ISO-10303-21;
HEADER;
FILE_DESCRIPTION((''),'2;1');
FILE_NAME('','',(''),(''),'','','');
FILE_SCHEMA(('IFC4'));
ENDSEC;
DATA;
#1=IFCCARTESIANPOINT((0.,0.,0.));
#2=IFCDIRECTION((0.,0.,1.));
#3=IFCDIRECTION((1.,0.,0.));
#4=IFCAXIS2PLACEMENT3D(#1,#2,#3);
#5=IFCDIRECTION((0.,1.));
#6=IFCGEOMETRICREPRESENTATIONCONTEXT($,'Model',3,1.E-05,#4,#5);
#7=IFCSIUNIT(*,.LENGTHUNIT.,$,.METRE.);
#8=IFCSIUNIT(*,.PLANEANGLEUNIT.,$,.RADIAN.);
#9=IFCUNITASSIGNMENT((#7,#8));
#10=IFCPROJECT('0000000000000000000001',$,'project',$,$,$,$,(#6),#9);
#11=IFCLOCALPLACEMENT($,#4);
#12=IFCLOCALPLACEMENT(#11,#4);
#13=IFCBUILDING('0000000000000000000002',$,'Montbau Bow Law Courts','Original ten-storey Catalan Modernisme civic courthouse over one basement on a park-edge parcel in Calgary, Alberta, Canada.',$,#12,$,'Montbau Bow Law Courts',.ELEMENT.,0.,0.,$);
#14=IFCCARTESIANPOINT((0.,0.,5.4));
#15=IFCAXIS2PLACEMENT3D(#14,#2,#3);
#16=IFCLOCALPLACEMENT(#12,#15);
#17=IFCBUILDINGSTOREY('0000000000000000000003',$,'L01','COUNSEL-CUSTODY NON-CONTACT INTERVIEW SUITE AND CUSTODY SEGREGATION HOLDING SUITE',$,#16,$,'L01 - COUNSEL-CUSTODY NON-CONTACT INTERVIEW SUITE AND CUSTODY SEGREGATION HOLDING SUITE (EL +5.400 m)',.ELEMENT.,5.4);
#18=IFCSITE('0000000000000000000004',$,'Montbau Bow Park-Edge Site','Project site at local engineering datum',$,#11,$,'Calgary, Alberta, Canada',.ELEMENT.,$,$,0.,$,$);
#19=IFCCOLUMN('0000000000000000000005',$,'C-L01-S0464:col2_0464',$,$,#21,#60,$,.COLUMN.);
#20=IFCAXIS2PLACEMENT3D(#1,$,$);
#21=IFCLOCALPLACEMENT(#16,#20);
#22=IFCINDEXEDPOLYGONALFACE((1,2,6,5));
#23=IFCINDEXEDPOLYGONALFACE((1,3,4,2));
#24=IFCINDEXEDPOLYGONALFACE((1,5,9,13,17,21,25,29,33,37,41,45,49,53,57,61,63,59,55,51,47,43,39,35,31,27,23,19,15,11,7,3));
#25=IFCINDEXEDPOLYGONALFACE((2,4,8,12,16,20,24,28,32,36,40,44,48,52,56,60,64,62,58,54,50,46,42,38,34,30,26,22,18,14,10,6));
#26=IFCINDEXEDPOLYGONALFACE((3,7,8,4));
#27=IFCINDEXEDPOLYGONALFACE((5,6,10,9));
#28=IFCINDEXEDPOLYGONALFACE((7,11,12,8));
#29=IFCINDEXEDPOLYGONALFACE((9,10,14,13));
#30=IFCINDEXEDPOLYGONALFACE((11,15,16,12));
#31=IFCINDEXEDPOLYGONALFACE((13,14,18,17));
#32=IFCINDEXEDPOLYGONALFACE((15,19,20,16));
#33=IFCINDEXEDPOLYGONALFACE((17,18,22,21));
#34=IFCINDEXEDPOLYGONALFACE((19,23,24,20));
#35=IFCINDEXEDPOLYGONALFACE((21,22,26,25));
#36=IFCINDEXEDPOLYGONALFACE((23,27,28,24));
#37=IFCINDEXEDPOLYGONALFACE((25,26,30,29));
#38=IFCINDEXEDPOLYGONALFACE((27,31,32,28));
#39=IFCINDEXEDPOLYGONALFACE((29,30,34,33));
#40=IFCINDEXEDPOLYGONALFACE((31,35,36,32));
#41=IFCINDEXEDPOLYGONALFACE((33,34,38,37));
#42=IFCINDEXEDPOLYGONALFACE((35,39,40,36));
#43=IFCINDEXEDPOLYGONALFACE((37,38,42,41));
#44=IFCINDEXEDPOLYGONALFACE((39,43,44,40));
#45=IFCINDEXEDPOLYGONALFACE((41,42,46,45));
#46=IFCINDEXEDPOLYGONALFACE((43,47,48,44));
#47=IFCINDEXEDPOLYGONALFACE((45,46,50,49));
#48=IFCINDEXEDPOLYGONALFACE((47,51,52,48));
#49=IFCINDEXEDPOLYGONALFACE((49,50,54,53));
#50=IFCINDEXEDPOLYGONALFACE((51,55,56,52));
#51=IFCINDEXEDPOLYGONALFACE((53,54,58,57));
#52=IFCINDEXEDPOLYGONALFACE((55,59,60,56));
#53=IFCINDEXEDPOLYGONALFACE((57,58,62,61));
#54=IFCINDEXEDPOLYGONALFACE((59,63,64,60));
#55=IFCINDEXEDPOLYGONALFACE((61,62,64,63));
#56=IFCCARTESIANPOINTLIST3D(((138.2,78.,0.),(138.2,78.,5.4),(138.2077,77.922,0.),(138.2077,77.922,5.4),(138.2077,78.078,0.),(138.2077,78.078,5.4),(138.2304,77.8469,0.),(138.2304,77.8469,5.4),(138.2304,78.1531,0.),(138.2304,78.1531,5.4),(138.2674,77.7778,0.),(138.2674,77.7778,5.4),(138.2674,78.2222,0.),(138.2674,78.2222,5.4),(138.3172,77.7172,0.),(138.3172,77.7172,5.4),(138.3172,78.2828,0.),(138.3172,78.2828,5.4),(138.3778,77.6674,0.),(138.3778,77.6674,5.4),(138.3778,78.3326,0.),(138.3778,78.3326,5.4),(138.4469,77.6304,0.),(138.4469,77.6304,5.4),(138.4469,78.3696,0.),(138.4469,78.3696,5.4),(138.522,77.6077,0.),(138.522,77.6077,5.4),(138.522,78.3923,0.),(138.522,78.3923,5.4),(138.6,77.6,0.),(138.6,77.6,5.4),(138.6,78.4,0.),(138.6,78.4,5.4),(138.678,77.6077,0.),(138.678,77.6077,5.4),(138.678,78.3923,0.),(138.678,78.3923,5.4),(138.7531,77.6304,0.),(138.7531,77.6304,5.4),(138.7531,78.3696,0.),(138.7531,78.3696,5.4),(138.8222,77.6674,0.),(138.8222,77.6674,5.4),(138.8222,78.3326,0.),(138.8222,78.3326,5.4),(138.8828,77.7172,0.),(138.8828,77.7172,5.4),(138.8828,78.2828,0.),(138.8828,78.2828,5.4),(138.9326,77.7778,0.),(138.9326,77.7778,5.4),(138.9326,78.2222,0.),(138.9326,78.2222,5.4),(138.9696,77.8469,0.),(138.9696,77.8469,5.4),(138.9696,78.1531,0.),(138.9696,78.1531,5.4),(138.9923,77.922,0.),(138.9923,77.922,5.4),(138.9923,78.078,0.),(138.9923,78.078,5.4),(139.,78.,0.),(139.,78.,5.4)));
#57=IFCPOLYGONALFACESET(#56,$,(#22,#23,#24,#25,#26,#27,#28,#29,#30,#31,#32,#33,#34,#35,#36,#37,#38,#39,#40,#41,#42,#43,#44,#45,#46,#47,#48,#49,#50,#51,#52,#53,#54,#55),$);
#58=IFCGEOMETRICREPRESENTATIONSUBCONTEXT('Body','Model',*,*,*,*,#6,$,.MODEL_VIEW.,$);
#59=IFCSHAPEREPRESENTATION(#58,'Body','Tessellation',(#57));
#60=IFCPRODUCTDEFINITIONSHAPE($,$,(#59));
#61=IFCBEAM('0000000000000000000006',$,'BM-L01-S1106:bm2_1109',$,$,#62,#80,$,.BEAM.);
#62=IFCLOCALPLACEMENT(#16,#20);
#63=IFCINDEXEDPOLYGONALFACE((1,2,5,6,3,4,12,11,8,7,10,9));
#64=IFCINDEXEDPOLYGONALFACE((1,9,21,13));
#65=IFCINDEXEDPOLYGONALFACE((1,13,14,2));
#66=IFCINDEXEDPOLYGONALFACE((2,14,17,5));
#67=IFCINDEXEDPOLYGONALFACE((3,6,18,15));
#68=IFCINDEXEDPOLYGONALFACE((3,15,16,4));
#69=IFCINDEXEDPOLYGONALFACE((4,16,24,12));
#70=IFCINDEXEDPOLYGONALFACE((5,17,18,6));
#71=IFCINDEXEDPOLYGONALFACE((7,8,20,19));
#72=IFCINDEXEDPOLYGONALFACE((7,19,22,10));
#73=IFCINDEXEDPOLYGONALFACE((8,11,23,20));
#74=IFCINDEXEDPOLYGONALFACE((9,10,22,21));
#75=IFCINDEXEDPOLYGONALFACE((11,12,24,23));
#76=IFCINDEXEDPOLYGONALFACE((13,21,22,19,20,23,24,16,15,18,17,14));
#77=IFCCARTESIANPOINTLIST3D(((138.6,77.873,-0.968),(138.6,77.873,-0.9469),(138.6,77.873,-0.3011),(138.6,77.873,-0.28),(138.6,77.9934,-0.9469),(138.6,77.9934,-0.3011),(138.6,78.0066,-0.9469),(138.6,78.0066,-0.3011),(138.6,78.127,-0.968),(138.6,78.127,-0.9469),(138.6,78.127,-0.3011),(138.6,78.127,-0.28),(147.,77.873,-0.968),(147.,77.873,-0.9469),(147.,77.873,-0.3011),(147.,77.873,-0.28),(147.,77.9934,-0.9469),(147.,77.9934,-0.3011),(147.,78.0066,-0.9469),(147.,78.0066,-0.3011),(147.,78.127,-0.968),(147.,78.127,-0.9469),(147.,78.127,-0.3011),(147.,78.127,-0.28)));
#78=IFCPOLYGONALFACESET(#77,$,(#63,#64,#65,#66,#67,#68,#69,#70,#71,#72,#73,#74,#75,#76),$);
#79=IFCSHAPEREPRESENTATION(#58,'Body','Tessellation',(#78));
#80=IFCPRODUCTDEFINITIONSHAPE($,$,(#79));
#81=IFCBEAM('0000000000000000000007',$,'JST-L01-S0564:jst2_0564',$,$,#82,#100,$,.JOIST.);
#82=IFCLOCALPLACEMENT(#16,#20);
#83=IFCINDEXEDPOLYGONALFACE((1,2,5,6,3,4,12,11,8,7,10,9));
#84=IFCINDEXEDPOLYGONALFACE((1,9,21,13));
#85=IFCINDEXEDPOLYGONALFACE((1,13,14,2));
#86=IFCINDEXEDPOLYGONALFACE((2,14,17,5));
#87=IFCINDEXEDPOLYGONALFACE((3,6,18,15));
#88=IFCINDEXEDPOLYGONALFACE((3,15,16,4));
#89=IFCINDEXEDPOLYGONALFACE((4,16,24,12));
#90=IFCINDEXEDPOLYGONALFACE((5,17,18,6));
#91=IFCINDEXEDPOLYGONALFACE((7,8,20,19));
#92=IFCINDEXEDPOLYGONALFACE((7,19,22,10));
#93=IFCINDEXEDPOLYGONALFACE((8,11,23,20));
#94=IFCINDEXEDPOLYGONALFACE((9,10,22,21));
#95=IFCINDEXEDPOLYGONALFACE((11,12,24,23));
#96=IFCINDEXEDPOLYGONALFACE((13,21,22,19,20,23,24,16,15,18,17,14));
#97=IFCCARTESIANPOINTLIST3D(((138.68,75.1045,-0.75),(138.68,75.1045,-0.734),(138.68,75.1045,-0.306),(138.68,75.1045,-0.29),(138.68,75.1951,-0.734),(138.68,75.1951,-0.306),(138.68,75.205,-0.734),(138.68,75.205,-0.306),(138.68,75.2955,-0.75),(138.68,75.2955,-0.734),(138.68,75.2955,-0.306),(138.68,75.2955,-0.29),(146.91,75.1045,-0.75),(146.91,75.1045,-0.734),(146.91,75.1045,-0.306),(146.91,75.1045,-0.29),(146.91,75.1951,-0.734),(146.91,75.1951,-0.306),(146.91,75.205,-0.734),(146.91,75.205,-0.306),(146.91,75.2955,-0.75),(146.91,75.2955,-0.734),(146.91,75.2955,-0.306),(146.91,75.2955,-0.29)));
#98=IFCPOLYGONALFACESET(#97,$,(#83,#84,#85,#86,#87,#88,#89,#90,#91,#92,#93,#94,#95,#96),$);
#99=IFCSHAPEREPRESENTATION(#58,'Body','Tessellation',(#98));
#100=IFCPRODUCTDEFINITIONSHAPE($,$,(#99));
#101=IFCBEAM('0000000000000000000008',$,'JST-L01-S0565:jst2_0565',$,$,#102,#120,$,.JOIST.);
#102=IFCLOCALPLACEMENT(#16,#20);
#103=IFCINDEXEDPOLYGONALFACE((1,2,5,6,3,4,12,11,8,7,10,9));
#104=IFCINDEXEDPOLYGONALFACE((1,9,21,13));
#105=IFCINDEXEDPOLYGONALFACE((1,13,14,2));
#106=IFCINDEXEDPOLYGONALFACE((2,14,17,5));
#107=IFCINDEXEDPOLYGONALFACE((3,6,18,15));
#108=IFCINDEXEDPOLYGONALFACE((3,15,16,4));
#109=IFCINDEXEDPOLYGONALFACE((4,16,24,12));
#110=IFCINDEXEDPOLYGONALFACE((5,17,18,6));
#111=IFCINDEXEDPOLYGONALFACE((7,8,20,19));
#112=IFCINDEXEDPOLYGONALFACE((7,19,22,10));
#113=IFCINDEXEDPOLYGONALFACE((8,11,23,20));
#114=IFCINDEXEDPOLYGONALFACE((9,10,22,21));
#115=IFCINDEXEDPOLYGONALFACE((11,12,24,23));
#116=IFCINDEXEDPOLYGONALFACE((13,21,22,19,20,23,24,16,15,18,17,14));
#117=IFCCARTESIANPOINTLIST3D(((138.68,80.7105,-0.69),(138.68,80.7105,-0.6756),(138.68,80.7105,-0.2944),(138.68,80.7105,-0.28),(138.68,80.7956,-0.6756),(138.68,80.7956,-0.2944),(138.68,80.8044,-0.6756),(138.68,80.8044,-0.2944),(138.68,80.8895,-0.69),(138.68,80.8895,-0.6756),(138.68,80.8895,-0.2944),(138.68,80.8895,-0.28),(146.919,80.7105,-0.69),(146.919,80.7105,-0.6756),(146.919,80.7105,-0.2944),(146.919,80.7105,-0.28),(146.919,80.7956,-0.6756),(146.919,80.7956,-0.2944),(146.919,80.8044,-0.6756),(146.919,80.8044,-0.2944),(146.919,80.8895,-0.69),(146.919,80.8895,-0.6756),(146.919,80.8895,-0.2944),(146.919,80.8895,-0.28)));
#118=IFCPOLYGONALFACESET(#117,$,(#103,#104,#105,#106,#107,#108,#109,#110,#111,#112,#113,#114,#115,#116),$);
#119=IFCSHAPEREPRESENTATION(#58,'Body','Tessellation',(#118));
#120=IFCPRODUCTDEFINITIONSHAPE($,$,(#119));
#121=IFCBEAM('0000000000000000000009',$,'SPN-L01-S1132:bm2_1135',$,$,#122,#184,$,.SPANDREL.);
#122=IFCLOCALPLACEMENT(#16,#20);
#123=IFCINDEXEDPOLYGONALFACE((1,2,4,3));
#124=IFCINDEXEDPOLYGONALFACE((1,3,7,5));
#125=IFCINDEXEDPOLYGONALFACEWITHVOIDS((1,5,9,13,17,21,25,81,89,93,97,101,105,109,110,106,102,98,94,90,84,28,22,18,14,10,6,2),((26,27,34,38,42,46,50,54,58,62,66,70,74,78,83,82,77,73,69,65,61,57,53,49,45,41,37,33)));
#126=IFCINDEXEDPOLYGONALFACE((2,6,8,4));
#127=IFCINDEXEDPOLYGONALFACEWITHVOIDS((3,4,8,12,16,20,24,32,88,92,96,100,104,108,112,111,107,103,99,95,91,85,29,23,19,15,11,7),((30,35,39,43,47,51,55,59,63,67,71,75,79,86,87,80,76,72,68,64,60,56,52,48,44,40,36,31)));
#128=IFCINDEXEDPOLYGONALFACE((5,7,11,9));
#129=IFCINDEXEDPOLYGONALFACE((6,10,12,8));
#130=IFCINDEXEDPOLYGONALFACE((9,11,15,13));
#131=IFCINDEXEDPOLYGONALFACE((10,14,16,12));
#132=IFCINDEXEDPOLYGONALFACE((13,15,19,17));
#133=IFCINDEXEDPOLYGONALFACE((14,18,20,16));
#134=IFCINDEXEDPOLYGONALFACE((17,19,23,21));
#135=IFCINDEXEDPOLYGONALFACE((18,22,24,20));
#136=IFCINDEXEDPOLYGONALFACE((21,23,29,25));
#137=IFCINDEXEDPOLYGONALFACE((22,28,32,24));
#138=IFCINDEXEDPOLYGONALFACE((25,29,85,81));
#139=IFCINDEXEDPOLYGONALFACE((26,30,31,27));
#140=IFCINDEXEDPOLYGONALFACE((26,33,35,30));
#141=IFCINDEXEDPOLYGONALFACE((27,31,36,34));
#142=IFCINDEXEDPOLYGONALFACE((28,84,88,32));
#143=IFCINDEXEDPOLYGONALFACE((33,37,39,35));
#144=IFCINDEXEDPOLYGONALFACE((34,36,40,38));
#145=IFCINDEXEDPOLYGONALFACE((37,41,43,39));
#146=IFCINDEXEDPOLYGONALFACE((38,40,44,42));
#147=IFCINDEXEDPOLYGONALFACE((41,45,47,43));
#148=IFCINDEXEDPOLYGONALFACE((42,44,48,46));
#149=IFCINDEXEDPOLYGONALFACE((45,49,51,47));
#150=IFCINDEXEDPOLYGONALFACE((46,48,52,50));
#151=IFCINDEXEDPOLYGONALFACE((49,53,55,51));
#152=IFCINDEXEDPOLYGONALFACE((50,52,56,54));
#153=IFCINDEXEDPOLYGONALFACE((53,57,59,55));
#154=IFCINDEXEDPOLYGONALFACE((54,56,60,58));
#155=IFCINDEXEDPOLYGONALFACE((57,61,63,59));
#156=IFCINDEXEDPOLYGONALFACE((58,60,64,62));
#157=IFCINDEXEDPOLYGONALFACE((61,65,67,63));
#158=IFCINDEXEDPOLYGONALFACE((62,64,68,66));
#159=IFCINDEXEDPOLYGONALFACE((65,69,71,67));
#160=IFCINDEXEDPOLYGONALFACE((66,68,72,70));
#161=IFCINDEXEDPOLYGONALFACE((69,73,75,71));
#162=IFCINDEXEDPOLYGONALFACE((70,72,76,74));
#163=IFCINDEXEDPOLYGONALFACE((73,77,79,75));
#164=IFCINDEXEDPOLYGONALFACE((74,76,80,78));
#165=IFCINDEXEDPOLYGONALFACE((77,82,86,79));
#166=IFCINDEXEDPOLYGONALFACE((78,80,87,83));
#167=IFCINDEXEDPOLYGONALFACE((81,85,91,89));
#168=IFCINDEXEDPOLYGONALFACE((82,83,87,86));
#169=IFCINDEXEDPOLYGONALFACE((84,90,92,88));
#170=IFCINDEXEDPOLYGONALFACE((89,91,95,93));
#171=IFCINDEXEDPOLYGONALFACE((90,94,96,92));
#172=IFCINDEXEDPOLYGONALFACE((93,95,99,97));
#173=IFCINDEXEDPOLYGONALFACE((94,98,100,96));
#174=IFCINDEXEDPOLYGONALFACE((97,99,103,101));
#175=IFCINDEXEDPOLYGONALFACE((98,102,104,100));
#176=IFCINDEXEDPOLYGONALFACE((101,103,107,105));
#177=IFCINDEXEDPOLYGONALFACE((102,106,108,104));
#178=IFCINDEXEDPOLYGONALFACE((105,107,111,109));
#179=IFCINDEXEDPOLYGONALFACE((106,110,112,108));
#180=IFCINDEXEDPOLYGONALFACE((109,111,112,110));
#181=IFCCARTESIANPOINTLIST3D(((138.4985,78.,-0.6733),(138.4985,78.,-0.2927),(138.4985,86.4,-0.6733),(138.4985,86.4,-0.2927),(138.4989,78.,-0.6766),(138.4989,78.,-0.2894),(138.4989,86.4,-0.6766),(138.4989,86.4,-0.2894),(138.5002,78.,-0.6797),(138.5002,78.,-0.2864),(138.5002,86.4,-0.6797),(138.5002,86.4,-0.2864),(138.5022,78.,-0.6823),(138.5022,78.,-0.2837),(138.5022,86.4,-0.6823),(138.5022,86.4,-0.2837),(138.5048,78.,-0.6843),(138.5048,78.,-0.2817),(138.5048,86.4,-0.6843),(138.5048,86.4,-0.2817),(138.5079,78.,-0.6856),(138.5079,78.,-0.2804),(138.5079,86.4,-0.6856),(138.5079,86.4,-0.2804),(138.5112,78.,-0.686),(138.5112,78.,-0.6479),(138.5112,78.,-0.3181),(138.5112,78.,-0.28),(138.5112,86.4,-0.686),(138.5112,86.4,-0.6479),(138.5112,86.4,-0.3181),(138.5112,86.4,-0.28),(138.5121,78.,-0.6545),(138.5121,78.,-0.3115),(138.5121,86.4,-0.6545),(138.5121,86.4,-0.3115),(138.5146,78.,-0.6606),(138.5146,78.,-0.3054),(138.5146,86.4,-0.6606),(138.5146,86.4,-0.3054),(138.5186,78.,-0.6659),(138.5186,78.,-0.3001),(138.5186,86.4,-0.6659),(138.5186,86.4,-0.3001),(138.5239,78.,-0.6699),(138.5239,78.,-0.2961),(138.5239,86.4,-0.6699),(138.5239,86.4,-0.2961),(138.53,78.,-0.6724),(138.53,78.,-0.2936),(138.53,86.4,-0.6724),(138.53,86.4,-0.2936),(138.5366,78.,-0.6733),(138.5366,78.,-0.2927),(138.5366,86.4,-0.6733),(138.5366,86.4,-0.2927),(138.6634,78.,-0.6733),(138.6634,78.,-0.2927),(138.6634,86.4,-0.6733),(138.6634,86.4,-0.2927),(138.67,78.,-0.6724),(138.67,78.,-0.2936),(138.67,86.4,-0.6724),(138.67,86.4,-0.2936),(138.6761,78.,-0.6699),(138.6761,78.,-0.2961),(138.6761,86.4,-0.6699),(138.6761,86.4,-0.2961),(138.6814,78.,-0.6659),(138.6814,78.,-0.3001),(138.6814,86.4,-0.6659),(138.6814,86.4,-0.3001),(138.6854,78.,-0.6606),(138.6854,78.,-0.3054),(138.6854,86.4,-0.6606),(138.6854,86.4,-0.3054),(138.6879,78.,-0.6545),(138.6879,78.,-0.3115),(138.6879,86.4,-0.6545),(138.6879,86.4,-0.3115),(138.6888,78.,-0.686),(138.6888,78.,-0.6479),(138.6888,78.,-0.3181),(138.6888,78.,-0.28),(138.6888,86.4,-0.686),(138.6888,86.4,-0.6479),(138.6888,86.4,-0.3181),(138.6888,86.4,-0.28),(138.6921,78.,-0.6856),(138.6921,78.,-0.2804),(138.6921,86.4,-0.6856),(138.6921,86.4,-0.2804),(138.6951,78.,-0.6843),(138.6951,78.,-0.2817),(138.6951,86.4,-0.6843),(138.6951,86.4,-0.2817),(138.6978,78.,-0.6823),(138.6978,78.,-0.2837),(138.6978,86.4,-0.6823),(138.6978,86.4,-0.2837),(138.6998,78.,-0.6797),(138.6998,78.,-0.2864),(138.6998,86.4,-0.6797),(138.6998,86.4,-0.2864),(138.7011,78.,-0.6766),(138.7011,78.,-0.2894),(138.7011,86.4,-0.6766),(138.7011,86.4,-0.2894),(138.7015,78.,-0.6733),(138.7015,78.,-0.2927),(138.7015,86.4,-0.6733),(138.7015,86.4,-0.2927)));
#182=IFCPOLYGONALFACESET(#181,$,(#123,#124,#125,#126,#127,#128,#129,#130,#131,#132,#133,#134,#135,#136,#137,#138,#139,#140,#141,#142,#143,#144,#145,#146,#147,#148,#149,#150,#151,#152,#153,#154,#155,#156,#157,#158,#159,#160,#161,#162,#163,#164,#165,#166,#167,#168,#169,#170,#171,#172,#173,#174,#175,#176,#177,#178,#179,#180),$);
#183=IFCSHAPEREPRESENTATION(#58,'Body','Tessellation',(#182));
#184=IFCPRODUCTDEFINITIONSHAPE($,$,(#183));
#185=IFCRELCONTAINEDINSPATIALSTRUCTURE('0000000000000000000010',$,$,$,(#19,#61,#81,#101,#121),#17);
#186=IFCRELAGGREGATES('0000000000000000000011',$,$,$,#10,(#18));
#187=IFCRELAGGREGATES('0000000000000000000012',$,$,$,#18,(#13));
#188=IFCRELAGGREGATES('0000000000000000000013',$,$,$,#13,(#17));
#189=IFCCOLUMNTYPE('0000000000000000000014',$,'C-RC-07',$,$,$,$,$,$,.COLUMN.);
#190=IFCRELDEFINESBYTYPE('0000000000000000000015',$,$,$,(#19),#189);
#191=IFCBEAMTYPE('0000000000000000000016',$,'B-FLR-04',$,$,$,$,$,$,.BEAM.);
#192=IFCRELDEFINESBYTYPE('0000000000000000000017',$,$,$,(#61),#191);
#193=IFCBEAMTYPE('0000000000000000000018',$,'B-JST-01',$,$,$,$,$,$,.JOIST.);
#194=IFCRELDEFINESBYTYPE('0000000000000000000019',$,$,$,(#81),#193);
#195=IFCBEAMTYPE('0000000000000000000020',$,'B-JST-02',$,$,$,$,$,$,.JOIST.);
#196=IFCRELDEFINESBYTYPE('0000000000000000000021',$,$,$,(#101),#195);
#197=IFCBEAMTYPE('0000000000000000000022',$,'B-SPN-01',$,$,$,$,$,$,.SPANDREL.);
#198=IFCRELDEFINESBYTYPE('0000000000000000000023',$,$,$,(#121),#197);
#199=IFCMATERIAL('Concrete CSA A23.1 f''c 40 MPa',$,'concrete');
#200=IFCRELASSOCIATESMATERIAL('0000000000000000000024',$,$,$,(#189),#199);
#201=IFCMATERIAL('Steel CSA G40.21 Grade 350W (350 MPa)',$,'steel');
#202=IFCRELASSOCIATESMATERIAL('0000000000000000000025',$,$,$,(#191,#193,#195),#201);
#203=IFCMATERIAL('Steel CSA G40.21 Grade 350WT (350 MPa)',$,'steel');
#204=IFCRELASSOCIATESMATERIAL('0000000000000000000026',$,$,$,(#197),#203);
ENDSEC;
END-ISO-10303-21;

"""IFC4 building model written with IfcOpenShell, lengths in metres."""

from ifc_helpers import new_model, si_unit, direction, frame, origin_with_axes, origin_2d_with_axis, place, context, subcontext, project, spatial, hollow_rectangle, circle, i_section, extrude, material, material_profile, profile_set, type_object, element, save


model = new_model("IFC4")

# Units and contexts
model_context = context("Model", 3, precision=1e-05, world=origin_with_axes(), true_north=direction((0.0, 1.0)))
body_context = subcontext(model_context, "Body", "Model", "MODEL_VIEW")
ifc_project = project(units=[si_unit("LENGTHUNIT", "METRE"), si_unit("PLANEANGLEUNIT", "RADIAN")], contexts=[model_context])

# Site, building, storey
site_placement = place(None, origin_with_axes())
site = spatial("IfcSite", under=ifc_project, at=site_placement, Name="Montbau Bow Park-Edge Site", Description="Project site at local engineering datum", LongName="Calgary, Alberta, Canada", CompositionType="ELEMENT", RefElevation=0.0)
building_placement = place(site_placement, origin_with_axes())
building = spatial("IfcBuilding", under=site, at=building_placement, Name="Montbau Bow Law Courts", Description="Original ten-storey Catalan Modernisme civic courthouse over one basement on a park-edge parcel in Calgary, Alberta, Canada.", LongName="Montbau Bow Law Courts", CompositionType="ELEMENT", ElevationOfRefHeight=0.0, ElevationOfTerrain=0.0)
storey_placement = place(building_placement, frame((0.0, 0.0, 5.4), z_axis=(0.0, 0.0, 1.0), x_axis=(1.0, 0.0, 0.0)))
storey = spatial("IfcBuildingStorey", under=building, at=storey_placement, Name="L01", Description="COUNSEL-CUSTODY NON-CONTACT INTERVIEW SUITE AND CUSTODY SEGREGATION HOLDING SUITE", LongName="L01 - COUNSEL-CUSTODY NON-CONTACT INTERVIEW SUITE AND CUSTODY SEGREGATION HOLDING SUITE (EL +5.400 m)", CompositionType="ELEMENT", Elevation=5.4)

# Column
ifc_material_1 = material(Name="Concrete CSA A23.1 f'c 40 MPa", Category="concrete")
ifc_material_profile_1 = material_profile(ifc_material_1, circle(Radius=0.4, at=origin_2d_with_axis()), Name="RC800D", Category="Main", Priority=0)
ifc_profile_set_1 = profile_set([ifc_material_profile_1], Name="Concrete CSA A23.1 f'c 40 MPa")
column_type = type_object("IfcColumnType", Name="C-RC-07", PredefinedType="COLUMN", material=ifc_profile_set_1)
column_placement = place(None, frame((138.6, 78.0, 5.4), z_axis=(0.0, 0.0, 1.0), x_axis=(1.0, 0.0, 0.0)))
element("IfcColumn", 1, at=column_placement, inside=storey, type_object=column_type, Name="C-L01-S0464:col2_0464", PredefinedType="COLUMN", context=body_context, shape_type="SweptSolid", body=[
    extrude(circle(Radius=0.4, at=origin_2d_with_axis()), origin_with_axes(), (0.0, 0.0, 1.0), 5.4),
])

# Beams
ifc_material_2 = material(Name="Steel CSA G40.21 Grade 350W (350 MPa)", Category="steel")
ifc_material_profile_2 = material_profile(ifc_material_2, i_section(OverallWidth=0.254, OverallDepth=0.688, WebThickness=0.0131, FlangeThickness=0.0211, at=origin_2d_with_axis()), Name="W690X152", Category="Main", Priority=0)
ifc_profile_set_2 = profile_set([ifc_material_profile_2], Name="Steel CSA G40.21 Grade 350W (350 MPa)")
beam_type_1 = type_object("IfcBeamType", Name="B-FLR-04", PredefinedType="BEAM", material=ifc_profile_set_2)
beam_1_placement = place(None, frame((138.6, 78.0, 4.776), z_axis=(1.0, 0.0, 0.0), x_axis=(0.0, 1.0, 0.0)))
element("IfcBeam", 2, at=beam_1_placement, inside=storey, type_object=beam_type_1, Name="BM-L01-S1106:bm2_1109", PredefinedType="BEAM", context=body_context, shape_type="SweptSolid", body=[
    extrude(i_section(OverallWidth=0.254, OverallDepth=0.688, WebThickness=0.0131, FlangeThickness=0.0211, at=origin_2d_with_axis()), origin_with_axes(), (0.0, 0.0, 1.0), 8.4),
])
ifc_material_profile_3 = material_profile(ifc_material_2, i_section(OverallWidth=0.191, OverallDepth=0.46, WebThickness=0.0099, FlangeThickness=0.016, at=origin_2d_with_axis()), Name="W460X82", Category="Main", Priority=0)
ifc_profile_set_3 = profile_set([ifc_material_profile_3], Name="Steel CSA G40.21 Grade 350W (350 MPa)")
beam_type_2 = type_object("IfcBeamType", Name="B-JST-01", PredefinedType="JOIST", material=ifc_profile_set_3)
beam_2_placement = place(None, frame((138.68, 75.2, 4.88), z_axis=(1.0, 0.0, 0.0), x_axis=(0.0, 1.0, 0.0)))
element("IfcBeam", 3, at=beam_2_placement, inside=storey, type_object=beam_type_2, Name="JST-L01-S0564:jst2_0564", PredefinedType="JOIST", context=body_context, shape_type="SweptSolid", body=[
    extrude(i_section(OverallWidth=0.191, OverallDepth=0.46, WebThickness=0.0099, FlangeThickness=0.016, at=origin_2d_with_axis()), origin_with_axes(), (0.0, 0.0, 1.0), 8.23),
])
ifc_material_profile_4 = material_profile(ifc_material_2, i_section(OverallWidth=0.179, OverallDepth=0.41, WebThickness=0.0088, FlangeThickness=0.0144, at=origin_2d_with_axis()), Name="W410X67", Category="Main", Priority=0)
ifc_profile_set_4 = profile_set([ifc_material_profile_4], Name="Steel CSA G40.21 Grade 350W (350 MPa)")
beam_type_3 = type_object("IfcBeamType", Name="B-JST-02", PredefinedType="JOIST", material=ifc_profile_set_4)
beam_3_placement = place(None, frame((138.68, 80.8, 4.915), z_axis=(1.0, 0.0, 0.0), x_axis=(0.0, 1.0, 0.0)))
element("IfcBeam", 4, at=beam_3_placement, inside=storey, type_object=beam_type_3, Name="JST-L01-S0565:jst2_0565", PredefinedType="JOIST", context=body_context, shape_type="SweptSolid", body=[
    extrude(i_section(OverallWidth=0.179, OverallDepth=0.41, WebThickness=0.0088, FlangeThickness=0.0144, at=origin_2d_with_axis()), origin_with_axes(), (0.0, 0.0, 1.0), 8.239),
])
ifc_material_3 = material(Name="Steel CSA G40.21 Grade 350WT (350 MPa)", Category="steel")
ifc_material_profile_5 = material_profile(ifc_material_3, hollow_rectangle(XDim=0.203, YDim=0.406, WallThickness=0.0127, InnerFilletRadius=0.0254, OuterFilletRadius=0.0127, at=origin_2d_with_axis()), Name="HSS406X203X13", Category="Main", Priority=0)
ifc_profile_set_5 = profile_set([ifc_material_profile_5], Name="Steel CSA G40.21 Grade 350WT (350 MPa)")
beam_type_4 = type_object("IfcBeamType", Name="B-SPN-01", PredefinedType="SPANDREL", material=ifc_profile_set_5)
beam_4_placement = place(None, frame((138.6, 78.0, 4.917), z_axis=(0.0, 1.0, 0.0), x_axis=(-1.0, 0.0, 0.0)))
element("IfcBeam", 5, at=beam_4_placement, inside=storey, type_object=beam_type_4, Name="SPN-L01-S1132:bm2_1135", PredefinedType="SPANDREL", context=body_context, shape_type="SweptSolid", body=[
    extrude(hollow_rectangle(XDim=0.203, YDim=0.406, WallThickness=0.0127, InnerFilletRadius=0.0254, OuterFilletRadius=0.0127, at=origin_2d_with_axis()), origin_with_axes(), (0.0, 0.0, 1.0), 8.4),
])

save(model, "model.ifc")
